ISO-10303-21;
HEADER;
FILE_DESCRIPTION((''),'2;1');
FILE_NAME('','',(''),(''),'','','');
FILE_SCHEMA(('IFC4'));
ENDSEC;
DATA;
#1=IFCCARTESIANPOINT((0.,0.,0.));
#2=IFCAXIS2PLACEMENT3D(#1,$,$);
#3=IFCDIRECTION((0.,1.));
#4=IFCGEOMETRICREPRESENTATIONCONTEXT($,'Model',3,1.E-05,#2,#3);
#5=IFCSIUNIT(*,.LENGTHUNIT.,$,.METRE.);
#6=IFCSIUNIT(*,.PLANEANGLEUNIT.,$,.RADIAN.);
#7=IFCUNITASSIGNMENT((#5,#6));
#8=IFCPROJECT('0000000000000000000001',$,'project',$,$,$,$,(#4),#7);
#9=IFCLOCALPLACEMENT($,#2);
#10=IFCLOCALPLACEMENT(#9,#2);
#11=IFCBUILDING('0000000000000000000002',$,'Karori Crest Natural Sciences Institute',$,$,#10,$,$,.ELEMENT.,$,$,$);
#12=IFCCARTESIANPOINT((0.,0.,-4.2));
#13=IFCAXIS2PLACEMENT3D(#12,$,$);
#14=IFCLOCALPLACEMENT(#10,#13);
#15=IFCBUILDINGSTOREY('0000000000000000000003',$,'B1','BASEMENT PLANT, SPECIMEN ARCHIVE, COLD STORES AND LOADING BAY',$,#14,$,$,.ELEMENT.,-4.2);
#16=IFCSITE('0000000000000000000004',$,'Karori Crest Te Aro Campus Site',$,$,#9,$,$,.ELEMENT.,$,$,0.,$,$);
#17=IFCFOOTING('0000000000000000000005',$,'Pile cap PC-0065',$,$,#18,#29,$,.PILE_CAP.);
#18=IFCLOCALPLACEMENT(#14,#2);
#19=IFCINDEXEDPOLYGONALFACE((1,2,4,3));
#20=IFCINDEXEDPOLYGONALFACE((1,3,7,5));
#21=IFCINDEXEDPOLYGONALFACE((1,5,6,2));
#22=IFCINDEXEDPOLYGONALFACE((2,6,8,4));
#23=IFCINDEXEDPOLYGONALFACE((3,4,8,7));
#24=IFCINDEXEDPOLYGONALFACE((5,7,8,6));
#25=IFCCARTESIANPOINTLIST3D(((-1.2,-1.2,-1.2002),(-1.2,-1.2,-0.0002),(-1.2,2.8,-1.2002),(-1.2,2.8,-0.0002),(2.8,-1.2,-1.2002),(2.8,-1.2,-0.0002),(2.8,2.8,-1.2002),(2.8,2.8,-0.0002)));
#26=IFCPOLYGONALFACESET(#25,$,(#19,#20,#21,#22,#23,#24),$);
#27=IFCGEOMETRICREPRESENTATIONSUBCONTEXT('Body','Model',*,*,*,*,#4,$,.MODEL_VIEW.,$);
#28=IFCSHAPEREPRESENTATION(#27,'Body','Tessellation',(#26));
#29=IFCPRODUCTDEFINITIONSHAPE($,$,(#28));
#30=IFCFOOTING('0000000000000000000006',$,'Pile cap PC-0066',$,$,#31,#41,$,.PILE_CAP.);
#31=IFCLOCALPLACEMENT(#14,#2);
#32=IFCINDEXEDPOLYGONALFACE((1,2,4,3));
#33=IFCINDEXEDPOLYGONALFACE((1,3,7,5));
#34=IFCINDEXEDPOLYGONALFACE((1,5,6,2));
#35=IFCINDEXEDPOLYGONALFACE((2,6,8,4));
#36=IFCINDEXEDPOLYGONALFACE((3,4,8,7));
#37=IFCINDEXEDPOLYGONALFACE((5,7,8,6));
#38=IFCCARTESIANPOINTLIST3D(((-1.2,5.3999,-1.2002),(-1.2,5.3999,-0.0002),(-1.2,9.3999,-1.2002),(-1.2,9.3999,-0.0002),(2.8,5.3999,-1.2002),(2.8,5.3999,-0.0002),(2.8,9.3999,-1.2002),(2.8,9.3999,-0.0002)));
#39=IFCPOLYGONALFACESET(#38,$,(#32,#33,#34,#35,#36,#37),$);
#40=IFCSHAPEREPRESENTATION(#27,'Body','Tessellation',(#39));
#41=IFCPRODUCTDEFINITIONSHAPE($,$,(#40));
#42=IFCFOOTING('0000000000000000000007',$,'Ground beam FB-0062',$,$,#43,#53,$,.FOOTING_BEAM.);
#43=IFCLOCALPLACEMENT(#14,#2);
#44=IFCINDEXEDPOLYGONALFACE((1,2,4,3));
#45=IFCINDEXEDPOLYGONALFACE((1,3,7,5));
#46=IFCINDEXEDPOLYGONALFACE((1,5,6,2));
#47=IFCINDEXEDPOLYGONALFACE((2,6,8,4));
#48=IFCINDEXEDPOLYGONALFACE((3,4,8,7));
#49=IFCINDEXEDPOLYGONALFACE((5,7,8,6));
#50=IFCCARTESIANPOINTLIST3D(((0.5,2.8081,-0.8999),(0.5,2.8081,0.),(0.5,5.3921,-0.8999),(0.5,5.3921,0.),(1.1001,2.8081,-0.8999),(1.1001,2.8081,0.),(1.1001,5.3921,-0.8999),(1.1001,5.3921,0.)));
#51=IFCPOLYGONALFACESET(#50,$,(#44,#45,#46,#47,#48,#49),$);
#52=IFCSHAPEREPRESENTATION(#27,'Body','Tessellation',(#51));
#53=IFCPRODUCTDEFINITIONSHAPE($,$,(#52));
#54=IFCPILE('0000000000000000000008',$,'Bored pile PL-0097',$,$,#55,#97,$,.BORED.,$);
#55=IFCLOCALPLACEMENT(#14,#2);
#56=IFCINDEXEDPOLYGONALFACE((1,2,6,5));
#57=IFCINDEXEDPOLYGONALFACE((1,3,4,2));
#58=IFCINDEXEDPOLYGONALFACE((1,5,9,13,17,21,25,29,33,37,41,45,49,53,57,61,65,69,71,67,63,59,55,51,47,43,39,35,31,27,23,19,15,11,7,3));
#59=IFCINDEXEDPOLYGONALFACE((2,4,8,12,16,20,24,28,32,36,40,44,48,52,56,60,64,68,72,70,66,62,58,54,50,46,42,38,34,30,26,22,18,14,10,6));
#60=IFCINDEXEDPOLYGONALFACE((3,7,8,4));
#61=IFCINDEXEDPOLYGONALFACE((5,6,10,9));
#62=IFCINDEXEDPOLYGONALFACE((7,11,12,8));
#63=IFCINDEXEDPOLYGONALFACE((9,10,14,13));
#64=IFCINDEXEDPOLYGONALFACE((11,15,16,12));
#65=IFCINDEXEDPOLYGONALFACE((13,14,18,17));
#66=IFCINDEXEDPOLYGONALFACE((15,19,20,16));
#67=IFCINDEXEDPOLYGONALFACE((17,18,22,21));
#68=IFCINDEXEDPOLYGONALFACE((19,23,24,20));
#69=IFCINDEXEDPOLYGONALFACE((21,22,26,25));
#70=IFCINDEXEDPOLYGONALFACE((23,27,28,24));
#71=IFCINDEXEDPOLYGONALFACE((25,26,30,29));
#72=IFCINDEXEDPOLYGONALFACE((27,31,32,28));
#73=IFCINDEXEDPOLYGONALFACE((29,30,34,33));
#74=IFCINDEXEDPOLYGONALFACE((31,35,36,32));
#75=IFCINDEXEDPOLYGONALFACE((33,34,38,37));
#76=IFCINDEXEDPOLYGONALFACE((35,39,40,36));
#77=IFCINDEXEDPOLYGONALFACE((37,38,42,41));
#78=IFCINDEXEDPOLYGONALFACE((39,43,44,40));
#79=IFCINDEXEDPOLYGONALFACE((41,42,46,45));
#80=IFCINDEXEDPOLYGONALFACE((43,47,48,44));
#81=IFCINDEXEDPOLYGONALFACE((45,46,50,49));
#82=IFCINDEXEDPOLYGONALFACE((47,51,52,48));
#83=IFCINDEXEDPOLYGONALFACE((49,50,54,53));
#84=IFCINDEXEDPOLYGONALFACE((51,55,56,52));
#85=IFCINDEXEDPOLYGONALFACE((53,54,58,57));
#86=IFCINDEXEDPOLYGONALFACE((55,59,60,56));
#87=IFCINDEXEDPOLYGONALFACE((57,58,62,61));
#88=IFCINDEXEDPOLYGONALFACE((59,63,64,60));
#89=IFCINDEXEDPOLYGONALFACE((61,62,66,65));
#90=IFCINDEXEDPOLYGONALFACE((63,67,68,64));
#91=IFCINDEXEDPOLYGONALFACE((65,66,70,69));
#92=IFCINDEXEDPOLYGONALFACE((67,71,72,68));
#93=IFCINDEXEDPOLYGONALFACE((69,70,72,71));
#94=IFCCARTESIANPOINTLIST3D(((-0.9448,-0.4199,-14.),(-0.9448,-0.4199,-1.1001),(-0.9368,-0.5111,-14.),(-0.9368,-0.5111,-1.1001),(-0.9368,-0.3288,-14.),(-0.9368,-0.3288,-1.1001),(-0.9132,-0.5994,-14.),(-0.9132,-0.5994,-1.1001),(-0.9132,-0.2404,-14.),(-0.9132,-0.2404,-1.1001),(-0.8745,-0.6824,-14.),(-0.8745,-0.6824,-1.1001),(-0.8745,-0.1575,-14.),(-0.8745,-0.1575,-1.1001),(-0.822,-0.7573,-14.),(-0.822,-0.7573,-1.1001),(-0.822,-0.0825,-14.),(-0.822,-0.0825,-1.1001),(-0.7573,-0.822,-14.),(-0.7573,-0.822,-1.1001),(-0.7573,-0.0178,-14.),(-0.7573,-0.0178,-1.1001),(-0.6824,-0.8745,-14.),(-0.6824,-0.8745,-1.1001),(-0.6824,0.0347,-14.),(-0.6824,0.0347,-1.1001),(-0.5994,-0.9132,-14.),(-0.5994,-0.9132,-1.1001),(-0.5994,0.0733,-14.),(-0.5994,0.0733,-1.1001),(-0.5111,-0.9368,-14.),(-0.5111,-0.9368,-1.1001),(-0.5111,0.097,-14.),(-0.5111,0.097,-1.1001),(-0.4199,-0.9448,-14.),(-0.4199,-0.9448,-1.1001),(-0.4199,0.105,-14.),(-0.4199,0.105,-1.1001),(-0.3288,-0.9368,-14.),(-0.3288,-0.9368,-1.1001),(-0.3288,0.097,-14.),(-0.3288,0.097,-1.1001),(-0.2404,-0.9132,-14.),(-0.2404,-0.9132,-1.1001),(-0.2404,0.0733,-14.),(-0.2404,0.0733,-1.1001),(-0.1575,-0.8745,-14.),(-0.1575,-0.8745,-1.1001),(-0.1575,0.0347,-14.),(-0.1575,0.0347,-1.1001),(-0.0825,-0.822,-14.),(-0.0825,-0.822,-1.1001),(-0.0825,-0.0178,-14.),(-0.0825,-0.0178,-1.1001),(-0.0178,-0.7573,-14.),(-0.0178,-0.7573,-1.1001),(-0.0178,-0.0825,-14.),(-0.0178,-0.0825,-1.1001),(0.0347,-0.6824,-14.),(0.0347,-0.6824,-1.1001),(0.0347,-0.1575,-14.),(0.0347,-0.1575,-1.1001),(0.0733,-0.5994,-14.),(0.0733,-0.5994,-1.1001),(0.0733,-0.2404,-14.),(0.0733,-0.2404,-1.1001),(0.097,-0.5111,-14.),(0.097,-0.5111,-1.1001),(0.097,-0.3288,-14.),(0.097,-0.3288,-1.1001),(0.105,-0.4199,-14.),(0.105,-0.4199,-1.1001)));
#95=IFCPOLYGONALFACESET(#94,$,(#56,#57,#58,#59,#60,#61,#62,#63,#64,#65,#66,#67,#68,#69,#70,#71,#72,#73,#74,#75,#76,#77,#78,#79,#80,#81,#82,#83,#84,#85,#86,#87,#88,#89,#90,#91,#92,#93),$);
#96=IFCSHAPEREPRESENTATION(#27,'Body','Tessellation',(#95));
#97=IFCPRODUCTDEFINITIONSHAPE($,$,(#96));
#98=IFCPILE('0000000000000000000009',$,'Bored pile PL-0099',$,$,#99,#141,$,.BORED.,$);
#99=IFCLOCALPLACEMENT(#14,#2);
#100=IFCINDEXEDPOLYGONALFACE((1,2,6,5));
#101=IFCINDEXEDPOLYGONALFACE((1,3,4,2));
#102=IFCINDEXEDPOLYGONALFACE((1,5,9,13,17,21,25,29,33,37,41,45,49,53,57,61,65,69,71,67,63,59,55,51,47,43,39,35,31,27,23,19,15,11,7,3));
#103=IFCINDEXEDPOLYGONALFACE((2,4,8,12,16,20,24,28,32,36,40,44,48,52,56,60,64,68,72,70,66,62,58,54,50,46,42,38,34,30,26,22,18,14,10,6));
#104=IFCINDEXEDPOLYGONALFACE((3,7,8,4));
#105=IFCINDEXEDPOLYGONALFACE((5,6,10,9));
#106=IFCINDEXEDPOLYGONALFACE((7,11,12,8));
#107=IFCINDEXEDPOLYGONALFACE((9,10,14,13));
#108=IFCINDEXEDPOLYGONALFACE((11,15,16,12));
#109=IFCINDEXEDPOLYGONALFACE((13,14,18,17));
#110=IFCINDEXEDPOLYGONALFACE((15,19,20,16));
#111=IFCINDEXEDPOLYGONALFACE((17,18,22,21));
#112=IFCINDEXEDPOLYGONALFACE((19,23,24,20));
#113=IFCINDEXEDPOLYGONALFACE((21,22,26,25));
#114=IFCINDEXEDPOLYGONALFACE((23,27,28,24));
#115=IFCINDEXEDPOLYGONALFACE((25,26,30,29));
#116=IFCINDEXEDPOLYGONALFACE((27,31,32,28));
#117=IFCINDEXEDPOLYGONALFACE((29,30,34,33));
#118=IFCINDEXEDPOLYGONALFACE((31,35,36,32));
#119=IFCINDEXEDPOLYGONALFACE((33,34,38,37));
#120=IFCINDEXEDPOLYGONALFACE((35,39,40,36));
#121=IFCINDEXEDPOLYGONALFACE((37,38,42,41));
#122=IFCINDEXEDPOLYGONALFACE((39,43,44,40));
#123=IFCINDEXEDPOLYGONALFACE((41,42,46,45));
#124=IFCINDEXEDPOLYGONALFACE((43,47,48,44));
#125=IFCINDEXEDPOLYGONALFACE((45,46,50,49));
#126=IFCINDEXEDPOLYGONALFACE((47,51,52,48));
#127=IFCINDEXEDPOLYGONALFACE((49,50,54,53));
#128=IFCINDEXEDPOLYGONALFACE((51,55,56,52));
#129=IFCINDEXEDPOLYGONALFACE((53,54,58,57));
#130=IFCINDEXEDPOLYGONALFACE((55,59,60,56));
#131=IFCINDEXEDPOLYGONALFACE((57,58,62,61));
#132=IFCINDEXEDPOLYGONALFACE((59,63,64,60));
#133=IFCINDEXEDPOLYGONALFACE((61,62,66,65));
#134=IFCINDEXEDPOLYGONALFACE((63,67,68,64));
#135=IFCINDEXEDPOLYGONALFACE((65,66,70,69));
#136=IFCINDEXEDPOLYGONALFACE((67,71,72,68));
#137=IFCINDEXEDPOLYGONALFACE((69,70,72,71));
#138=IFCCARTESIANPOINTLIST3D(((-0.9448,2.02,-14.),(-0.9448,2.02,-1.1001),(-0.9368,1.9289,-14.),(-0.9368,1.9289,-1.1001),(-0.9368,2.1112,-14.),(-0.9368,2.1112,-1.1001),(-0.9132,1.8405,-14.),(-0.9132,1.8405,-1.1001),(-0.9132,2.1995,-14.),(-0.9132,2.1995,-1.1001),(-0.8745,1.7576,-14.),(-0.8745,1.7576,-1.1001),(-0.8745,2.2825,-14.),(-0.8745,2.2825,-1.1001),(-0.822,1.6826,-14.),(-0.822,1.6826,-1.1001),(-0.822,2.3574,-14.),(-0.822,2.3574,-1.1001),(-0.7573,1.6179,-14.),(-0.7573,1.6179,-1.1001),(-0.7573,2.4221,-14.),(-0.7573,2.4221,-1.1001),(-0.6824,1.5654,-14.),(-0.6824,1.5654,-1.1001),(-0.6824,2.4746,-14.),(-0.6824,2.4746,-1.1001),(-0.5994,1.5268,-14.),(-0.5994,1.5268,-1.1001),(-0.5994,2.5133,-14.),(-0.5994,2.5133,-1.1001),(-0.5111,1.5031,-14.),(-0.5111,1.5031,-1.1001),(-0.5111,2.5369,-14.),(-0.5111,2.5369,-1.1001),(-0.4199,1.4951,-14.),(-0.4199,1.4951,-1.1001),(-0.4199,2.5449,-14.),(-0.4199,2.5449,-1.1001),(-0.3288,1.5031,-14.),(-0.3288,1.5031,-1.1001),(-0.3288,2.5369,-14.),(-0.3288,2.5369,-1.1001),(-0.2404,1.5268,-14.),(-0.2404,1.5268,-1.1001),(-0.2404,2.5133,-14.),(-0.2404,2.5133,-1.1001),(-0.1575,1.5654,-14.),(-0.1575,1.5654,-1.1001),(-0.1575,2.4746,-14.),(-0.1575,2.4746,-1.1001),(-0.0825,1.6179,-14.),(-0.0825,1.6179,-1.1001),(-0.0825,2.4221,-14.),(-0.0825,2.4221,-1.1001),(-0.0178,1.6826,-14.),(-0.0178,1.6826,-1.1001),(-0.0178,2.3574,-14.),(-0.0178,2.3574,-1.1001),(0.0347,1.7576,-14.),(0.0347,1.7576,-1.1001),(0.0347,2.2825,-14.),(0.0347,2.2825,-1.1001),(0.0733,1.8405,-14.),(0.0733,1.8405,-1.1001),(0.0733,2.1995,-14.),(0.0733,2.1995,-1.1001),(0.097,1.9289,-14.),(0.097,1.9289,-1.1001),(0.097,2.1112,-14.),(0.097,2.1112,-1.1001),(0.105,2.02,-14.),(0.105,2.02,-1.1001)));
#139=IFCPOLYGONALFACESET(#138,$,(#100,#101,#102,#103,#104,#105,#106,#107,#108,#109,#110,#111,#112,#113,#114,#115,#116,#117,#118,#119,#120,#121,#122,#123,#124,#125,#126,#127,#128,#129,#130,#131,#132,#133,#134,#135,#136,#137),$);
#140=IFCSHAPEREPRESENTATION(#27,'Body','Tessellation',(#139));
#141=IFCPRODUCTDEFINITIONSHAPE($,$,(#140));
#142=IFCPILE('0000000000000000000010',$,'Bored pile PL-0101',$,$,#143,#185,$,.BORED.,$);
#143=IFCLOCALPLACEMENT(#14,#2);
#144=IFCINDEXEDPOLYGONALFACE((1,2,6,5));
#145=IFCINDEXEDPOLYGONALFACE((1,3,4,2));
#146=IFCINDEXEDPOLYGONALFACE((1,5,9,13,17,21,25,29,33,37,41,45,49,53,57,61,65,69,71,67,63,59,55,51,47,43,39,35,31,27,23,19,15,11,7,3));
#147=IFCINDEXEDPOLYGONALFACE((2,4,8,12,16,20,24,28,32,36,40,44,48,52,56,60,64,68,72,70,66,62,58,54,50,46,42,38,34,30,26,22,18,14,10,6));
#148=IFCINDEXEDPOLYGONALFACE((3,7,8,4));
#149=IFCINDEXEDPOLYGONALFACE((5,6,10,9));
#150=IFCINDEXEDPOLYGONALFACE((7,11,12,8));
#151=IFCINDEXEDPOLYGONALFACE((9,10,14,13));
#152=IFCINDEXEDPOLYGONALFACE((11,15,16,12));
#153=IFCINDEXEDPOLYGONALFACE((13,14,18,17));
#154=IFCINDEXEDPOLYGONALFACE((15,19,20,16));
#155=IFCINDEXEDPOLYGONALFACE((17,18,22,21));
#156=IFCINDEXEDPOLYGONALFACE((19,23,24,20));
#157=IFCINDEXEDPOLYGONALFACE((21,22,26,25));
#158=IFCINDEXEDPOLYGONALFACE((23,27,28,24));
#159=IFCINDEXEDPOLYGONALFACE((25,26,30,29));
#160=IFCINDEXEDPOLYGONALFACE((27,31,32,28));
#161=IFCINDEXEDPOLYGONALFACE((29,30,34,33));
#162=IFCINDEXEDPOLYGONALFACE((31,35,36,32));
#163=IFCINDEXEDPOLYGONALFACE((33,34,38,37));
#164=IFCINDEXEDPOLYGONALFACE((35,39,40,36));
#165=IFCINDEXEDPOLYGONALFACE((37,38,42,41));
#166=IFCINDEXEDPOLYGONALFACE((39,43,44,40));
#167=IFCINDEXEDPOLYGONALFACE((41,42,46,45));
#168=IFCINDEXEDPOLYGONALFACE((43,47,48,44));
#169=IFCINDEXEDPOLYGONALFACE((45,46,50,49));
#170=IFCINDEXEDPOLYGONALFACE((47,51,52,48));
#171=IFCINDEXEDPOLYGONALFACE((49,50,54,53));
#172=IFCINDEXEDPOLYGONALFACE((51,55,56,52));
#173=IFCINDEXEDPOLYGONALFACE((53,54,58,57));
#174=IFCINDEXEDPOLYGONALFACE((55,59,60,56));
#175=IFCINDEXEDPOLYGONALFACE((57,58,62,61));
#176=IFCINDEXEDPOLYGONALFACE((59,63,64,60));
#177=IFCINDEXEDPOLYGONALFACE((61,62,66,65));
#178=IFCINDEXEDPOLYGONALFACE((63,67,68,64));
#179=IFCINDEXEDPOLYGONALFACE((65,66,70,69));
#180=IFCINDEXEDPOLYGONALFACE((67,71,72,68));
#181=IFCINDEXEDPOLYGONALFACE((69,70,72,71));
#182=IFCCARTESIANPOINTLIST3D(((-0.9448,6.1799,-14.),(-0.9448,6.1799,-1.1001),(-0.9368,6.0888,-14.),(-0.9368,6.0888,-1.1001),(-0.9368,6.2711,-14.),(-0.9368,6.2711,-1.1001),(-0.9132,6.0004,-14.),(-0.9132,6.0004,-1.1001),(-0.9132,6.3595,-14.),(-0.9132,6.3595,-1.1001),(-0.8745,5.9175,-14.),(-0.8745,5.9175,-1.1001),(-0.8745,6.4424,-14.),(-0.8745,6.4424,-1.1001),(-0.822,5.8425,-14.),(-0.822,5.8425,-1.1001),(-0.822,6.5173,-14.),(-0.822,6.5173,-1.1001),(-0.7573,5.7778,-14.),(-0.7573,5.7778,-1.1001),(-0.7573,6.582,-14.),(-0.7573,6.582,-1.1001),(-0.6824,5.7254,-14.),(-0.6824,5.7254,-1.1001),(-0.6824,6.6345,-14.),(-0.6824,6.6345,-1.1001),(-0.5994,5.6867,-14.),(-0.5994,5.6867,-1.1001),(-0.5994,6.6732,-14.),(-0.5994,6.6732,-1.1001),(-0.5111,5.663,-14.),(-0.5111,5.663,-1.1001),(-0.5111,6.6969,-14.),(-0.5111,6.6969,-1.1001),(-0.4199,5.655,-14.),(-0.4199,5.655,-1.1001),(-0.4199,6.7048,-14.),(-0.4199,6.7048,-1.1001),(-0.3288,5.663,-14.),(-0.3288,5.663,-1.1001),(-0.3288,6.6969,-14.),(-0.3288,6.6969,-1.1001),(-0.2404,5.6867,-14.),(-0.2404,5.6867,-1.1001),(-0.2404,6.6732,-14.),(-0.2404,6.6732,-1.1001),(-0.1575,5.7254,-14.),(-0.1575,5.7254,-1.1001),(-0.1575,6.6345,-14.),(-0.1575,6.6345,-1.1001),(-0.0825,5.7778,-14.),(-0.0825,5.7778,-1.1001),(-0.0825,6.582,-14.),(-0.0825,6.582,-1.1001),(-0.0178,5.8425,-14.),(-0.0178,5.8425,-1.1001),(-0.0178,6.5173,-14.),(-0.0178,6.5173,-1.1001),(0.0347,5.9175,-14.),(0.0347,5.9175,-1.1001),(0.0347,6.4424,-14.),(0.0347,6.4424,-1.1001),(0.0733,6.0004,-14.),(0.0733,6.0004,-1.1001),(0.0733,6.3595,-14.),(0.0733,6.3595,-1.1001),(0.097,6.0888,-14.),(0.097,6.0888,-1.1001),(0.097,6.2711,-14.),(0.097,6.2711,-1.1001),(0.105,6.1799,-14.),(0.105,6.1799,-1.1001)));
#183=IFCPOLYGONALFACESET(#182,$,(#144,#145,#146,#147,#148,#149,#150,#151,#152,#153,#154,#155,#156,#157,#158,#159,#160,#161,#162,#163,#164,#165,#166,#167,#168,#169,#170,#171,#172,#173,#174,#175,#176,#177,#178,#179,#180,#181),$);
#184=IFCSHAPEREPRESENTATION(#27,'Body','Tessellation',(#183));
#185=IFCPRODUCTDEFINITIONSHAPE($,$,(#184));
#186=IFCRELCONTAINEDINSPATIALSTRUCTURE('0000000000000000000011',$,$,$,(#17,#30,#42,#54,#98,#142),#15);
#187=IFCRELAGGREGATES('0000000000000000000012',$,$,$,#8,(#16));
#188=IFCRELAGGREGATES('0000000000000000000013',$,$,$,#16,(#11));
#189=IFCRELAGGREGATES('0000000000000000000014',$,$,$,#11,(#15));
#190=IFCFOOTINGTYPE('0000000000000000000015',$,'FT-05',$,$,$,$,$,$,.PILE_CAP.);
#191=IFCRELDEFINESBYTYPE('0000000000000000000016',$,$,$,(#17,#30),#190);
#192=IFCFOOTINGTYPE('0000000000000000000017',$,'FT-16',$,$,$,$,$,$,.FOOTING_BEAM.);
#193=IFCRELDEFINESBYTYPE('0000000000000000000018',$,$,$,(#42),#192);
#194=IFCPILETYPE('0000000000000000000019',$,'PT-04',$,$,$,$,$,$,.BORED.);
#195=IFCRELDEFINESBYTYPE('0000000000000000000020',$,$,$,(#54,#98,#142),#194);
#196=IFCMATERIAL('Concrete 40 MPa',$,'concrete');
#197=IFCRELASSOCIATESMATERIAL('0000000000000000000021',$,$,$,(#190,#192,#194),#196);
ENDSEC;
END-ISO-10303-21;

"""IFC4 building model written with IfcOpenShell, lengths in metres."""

from ifc_helpers import new_model, si_unit, direction, frame, origin, origin_2d, place, context, subcontext, project, spatial, rectangle, circle, extrude, material, material_profile, profile_set, type_object, element, save


model = new_model("IFC4")

# Units and contexts
model_context = context("Model", 3, precision=1e-05, world=origin(), true_north=direction((0.0, 1.0)))
body_context = subcontext(model_context, "Body", "Model", "MODEL_VIEW")
ifc_project = project(units=[si_unit("LENGTHUNIT", "METRE"), si_unit("PLANEANGLEUNIT", "RADIAN")], contexts=[model_context])

# Site, building, storey
site_placement = place(None, origin())
site = spatial("IfcSite", under=ifc_project, at=site_placement, Name="Karori Crest Te Aro Campus Site", CompositionType="ELEMENT", RefElevation=0.0)
building_placement = place(site_placement, origin())
building = spatial("IfcBuilding", under=site, at=building_placement, Name="Karori Crest Natural Sciences Institute", CompositionType="ELEMENT")
storey_placement = place(building_placement, frame((0.0, 0.0, -4.2)))
storey = spatial("IfcBuildingStorey", under=building, at=storey_placement, Name="B1", Description="BASEMENT PLANT, SPECIMEN ARCHIVE, COLD STORES AND LOADING BAY", CompositionType="ELEMENT", Elevation=-4.2)

# Footings
ifc_material_1 = material(Name="Concrete 40 MPa", Category="concrete")
footing_type_1 = type_object("IfcFootingType", Name="FT-05", PredefinedType="PILE_CAP", material=ifc_material_1)
for number, where, z_axis, x_axis, name in (
    (1, (0.8, 0.8, -1.2002), (0.0, 0.0, 1.0), (1.0, 0.0, 0.0), "Pile cap PC-0065"),
    (2, (0.8, 7.3999, -1.2002), (0.0, 0.0, 1.0), (1.0, 0.0, 0.0), "Pile cap PC-0066"),
):
    element("IfcFooting", number, at=place(storey_placement, frame(where, z_axis=z_axis, x_axis=x_axis)), inside=storey, type_object=footing_type_1, Name=name, PredefinedType="PILE_CAP", context=body_context, shape_type="SweptSolid", body=[
        extrude(rectangle(XDim=4.0, YDim=4.0, at=origin_2d()), origin(), (0.0, 0.0, 1.0), 1.2),
    ])
footing_type_2 = type_object("IfcFootingType", Name="FT-16", PredefinedType="FOOTING_BEAM", material=ifc_material_1)
footing_placement = place(storey_placement, frame((0.8, 4.1001, -0.8999), z_axis=(0.0, 0.0, 1.0), x_axis=(0.0, 1.0, 0.0)))
element("IfcFooting", 3, at=footing_placement, inside=storey, type_object=footing_type_2, Name="Ground beam FB-0062", PredefinedType="FOOTING_BEAM", context=body_context, shape_type="SweptSolid", body=[
    extrude(rectangle(XDim=2.584, YDim=0.6001, at=origin_2d()), origin(), (0.0, 0.0, 1.0), 0.8999),
])

# Piles
ifc_material_profile_1 = material_profile(ifc_material_1, circle(Radius=0.5249, at=origin_2d()), Name="PILE1050")
ifc_profile_set_1 = profile_set([ifc_material_profile_1], Name="Concrete 40 MPa")
pile_type = type_object("IfcPileType", Name="PT-04", PredefinedType="BORED", material=ifc_profile_set_1)
for number, where, z_axis, x_axis, name in (
    (4, (-0.4199, -0.4199, -1.1001), (0.0, 0.0, -1.0), (1.0, 0.0, 0.0), "Bored pile PL-0097"),
    (5, (-0.4199, 2.02, -1.1001), (0.0, 0.0, -1.0), (1.0, 0.0, 0.0), "Bored pile PL-0099"),
    (6, (-0.4199, 6.1799, -1.1001), (0.0, 0.0, -1.0), (1.0, 0.0, 0.0), "Bored pile PL-0101"),
):
    element("IfcPile", number, at=place(storey_placement, frame(where, z_axis=z_axis, x_axis=x_axis)), inside=storey, type_object=pile_type, Name=name, PredefinedType="BORED", context=body_context, shape_type="SweptSolid", body=[
        extrude(circle(Radius=0.5249, at=origin_2d()), origin(), (0.0, 0.0, 1.0), 12.8999),
    ])

save(model, "model.ifc")
